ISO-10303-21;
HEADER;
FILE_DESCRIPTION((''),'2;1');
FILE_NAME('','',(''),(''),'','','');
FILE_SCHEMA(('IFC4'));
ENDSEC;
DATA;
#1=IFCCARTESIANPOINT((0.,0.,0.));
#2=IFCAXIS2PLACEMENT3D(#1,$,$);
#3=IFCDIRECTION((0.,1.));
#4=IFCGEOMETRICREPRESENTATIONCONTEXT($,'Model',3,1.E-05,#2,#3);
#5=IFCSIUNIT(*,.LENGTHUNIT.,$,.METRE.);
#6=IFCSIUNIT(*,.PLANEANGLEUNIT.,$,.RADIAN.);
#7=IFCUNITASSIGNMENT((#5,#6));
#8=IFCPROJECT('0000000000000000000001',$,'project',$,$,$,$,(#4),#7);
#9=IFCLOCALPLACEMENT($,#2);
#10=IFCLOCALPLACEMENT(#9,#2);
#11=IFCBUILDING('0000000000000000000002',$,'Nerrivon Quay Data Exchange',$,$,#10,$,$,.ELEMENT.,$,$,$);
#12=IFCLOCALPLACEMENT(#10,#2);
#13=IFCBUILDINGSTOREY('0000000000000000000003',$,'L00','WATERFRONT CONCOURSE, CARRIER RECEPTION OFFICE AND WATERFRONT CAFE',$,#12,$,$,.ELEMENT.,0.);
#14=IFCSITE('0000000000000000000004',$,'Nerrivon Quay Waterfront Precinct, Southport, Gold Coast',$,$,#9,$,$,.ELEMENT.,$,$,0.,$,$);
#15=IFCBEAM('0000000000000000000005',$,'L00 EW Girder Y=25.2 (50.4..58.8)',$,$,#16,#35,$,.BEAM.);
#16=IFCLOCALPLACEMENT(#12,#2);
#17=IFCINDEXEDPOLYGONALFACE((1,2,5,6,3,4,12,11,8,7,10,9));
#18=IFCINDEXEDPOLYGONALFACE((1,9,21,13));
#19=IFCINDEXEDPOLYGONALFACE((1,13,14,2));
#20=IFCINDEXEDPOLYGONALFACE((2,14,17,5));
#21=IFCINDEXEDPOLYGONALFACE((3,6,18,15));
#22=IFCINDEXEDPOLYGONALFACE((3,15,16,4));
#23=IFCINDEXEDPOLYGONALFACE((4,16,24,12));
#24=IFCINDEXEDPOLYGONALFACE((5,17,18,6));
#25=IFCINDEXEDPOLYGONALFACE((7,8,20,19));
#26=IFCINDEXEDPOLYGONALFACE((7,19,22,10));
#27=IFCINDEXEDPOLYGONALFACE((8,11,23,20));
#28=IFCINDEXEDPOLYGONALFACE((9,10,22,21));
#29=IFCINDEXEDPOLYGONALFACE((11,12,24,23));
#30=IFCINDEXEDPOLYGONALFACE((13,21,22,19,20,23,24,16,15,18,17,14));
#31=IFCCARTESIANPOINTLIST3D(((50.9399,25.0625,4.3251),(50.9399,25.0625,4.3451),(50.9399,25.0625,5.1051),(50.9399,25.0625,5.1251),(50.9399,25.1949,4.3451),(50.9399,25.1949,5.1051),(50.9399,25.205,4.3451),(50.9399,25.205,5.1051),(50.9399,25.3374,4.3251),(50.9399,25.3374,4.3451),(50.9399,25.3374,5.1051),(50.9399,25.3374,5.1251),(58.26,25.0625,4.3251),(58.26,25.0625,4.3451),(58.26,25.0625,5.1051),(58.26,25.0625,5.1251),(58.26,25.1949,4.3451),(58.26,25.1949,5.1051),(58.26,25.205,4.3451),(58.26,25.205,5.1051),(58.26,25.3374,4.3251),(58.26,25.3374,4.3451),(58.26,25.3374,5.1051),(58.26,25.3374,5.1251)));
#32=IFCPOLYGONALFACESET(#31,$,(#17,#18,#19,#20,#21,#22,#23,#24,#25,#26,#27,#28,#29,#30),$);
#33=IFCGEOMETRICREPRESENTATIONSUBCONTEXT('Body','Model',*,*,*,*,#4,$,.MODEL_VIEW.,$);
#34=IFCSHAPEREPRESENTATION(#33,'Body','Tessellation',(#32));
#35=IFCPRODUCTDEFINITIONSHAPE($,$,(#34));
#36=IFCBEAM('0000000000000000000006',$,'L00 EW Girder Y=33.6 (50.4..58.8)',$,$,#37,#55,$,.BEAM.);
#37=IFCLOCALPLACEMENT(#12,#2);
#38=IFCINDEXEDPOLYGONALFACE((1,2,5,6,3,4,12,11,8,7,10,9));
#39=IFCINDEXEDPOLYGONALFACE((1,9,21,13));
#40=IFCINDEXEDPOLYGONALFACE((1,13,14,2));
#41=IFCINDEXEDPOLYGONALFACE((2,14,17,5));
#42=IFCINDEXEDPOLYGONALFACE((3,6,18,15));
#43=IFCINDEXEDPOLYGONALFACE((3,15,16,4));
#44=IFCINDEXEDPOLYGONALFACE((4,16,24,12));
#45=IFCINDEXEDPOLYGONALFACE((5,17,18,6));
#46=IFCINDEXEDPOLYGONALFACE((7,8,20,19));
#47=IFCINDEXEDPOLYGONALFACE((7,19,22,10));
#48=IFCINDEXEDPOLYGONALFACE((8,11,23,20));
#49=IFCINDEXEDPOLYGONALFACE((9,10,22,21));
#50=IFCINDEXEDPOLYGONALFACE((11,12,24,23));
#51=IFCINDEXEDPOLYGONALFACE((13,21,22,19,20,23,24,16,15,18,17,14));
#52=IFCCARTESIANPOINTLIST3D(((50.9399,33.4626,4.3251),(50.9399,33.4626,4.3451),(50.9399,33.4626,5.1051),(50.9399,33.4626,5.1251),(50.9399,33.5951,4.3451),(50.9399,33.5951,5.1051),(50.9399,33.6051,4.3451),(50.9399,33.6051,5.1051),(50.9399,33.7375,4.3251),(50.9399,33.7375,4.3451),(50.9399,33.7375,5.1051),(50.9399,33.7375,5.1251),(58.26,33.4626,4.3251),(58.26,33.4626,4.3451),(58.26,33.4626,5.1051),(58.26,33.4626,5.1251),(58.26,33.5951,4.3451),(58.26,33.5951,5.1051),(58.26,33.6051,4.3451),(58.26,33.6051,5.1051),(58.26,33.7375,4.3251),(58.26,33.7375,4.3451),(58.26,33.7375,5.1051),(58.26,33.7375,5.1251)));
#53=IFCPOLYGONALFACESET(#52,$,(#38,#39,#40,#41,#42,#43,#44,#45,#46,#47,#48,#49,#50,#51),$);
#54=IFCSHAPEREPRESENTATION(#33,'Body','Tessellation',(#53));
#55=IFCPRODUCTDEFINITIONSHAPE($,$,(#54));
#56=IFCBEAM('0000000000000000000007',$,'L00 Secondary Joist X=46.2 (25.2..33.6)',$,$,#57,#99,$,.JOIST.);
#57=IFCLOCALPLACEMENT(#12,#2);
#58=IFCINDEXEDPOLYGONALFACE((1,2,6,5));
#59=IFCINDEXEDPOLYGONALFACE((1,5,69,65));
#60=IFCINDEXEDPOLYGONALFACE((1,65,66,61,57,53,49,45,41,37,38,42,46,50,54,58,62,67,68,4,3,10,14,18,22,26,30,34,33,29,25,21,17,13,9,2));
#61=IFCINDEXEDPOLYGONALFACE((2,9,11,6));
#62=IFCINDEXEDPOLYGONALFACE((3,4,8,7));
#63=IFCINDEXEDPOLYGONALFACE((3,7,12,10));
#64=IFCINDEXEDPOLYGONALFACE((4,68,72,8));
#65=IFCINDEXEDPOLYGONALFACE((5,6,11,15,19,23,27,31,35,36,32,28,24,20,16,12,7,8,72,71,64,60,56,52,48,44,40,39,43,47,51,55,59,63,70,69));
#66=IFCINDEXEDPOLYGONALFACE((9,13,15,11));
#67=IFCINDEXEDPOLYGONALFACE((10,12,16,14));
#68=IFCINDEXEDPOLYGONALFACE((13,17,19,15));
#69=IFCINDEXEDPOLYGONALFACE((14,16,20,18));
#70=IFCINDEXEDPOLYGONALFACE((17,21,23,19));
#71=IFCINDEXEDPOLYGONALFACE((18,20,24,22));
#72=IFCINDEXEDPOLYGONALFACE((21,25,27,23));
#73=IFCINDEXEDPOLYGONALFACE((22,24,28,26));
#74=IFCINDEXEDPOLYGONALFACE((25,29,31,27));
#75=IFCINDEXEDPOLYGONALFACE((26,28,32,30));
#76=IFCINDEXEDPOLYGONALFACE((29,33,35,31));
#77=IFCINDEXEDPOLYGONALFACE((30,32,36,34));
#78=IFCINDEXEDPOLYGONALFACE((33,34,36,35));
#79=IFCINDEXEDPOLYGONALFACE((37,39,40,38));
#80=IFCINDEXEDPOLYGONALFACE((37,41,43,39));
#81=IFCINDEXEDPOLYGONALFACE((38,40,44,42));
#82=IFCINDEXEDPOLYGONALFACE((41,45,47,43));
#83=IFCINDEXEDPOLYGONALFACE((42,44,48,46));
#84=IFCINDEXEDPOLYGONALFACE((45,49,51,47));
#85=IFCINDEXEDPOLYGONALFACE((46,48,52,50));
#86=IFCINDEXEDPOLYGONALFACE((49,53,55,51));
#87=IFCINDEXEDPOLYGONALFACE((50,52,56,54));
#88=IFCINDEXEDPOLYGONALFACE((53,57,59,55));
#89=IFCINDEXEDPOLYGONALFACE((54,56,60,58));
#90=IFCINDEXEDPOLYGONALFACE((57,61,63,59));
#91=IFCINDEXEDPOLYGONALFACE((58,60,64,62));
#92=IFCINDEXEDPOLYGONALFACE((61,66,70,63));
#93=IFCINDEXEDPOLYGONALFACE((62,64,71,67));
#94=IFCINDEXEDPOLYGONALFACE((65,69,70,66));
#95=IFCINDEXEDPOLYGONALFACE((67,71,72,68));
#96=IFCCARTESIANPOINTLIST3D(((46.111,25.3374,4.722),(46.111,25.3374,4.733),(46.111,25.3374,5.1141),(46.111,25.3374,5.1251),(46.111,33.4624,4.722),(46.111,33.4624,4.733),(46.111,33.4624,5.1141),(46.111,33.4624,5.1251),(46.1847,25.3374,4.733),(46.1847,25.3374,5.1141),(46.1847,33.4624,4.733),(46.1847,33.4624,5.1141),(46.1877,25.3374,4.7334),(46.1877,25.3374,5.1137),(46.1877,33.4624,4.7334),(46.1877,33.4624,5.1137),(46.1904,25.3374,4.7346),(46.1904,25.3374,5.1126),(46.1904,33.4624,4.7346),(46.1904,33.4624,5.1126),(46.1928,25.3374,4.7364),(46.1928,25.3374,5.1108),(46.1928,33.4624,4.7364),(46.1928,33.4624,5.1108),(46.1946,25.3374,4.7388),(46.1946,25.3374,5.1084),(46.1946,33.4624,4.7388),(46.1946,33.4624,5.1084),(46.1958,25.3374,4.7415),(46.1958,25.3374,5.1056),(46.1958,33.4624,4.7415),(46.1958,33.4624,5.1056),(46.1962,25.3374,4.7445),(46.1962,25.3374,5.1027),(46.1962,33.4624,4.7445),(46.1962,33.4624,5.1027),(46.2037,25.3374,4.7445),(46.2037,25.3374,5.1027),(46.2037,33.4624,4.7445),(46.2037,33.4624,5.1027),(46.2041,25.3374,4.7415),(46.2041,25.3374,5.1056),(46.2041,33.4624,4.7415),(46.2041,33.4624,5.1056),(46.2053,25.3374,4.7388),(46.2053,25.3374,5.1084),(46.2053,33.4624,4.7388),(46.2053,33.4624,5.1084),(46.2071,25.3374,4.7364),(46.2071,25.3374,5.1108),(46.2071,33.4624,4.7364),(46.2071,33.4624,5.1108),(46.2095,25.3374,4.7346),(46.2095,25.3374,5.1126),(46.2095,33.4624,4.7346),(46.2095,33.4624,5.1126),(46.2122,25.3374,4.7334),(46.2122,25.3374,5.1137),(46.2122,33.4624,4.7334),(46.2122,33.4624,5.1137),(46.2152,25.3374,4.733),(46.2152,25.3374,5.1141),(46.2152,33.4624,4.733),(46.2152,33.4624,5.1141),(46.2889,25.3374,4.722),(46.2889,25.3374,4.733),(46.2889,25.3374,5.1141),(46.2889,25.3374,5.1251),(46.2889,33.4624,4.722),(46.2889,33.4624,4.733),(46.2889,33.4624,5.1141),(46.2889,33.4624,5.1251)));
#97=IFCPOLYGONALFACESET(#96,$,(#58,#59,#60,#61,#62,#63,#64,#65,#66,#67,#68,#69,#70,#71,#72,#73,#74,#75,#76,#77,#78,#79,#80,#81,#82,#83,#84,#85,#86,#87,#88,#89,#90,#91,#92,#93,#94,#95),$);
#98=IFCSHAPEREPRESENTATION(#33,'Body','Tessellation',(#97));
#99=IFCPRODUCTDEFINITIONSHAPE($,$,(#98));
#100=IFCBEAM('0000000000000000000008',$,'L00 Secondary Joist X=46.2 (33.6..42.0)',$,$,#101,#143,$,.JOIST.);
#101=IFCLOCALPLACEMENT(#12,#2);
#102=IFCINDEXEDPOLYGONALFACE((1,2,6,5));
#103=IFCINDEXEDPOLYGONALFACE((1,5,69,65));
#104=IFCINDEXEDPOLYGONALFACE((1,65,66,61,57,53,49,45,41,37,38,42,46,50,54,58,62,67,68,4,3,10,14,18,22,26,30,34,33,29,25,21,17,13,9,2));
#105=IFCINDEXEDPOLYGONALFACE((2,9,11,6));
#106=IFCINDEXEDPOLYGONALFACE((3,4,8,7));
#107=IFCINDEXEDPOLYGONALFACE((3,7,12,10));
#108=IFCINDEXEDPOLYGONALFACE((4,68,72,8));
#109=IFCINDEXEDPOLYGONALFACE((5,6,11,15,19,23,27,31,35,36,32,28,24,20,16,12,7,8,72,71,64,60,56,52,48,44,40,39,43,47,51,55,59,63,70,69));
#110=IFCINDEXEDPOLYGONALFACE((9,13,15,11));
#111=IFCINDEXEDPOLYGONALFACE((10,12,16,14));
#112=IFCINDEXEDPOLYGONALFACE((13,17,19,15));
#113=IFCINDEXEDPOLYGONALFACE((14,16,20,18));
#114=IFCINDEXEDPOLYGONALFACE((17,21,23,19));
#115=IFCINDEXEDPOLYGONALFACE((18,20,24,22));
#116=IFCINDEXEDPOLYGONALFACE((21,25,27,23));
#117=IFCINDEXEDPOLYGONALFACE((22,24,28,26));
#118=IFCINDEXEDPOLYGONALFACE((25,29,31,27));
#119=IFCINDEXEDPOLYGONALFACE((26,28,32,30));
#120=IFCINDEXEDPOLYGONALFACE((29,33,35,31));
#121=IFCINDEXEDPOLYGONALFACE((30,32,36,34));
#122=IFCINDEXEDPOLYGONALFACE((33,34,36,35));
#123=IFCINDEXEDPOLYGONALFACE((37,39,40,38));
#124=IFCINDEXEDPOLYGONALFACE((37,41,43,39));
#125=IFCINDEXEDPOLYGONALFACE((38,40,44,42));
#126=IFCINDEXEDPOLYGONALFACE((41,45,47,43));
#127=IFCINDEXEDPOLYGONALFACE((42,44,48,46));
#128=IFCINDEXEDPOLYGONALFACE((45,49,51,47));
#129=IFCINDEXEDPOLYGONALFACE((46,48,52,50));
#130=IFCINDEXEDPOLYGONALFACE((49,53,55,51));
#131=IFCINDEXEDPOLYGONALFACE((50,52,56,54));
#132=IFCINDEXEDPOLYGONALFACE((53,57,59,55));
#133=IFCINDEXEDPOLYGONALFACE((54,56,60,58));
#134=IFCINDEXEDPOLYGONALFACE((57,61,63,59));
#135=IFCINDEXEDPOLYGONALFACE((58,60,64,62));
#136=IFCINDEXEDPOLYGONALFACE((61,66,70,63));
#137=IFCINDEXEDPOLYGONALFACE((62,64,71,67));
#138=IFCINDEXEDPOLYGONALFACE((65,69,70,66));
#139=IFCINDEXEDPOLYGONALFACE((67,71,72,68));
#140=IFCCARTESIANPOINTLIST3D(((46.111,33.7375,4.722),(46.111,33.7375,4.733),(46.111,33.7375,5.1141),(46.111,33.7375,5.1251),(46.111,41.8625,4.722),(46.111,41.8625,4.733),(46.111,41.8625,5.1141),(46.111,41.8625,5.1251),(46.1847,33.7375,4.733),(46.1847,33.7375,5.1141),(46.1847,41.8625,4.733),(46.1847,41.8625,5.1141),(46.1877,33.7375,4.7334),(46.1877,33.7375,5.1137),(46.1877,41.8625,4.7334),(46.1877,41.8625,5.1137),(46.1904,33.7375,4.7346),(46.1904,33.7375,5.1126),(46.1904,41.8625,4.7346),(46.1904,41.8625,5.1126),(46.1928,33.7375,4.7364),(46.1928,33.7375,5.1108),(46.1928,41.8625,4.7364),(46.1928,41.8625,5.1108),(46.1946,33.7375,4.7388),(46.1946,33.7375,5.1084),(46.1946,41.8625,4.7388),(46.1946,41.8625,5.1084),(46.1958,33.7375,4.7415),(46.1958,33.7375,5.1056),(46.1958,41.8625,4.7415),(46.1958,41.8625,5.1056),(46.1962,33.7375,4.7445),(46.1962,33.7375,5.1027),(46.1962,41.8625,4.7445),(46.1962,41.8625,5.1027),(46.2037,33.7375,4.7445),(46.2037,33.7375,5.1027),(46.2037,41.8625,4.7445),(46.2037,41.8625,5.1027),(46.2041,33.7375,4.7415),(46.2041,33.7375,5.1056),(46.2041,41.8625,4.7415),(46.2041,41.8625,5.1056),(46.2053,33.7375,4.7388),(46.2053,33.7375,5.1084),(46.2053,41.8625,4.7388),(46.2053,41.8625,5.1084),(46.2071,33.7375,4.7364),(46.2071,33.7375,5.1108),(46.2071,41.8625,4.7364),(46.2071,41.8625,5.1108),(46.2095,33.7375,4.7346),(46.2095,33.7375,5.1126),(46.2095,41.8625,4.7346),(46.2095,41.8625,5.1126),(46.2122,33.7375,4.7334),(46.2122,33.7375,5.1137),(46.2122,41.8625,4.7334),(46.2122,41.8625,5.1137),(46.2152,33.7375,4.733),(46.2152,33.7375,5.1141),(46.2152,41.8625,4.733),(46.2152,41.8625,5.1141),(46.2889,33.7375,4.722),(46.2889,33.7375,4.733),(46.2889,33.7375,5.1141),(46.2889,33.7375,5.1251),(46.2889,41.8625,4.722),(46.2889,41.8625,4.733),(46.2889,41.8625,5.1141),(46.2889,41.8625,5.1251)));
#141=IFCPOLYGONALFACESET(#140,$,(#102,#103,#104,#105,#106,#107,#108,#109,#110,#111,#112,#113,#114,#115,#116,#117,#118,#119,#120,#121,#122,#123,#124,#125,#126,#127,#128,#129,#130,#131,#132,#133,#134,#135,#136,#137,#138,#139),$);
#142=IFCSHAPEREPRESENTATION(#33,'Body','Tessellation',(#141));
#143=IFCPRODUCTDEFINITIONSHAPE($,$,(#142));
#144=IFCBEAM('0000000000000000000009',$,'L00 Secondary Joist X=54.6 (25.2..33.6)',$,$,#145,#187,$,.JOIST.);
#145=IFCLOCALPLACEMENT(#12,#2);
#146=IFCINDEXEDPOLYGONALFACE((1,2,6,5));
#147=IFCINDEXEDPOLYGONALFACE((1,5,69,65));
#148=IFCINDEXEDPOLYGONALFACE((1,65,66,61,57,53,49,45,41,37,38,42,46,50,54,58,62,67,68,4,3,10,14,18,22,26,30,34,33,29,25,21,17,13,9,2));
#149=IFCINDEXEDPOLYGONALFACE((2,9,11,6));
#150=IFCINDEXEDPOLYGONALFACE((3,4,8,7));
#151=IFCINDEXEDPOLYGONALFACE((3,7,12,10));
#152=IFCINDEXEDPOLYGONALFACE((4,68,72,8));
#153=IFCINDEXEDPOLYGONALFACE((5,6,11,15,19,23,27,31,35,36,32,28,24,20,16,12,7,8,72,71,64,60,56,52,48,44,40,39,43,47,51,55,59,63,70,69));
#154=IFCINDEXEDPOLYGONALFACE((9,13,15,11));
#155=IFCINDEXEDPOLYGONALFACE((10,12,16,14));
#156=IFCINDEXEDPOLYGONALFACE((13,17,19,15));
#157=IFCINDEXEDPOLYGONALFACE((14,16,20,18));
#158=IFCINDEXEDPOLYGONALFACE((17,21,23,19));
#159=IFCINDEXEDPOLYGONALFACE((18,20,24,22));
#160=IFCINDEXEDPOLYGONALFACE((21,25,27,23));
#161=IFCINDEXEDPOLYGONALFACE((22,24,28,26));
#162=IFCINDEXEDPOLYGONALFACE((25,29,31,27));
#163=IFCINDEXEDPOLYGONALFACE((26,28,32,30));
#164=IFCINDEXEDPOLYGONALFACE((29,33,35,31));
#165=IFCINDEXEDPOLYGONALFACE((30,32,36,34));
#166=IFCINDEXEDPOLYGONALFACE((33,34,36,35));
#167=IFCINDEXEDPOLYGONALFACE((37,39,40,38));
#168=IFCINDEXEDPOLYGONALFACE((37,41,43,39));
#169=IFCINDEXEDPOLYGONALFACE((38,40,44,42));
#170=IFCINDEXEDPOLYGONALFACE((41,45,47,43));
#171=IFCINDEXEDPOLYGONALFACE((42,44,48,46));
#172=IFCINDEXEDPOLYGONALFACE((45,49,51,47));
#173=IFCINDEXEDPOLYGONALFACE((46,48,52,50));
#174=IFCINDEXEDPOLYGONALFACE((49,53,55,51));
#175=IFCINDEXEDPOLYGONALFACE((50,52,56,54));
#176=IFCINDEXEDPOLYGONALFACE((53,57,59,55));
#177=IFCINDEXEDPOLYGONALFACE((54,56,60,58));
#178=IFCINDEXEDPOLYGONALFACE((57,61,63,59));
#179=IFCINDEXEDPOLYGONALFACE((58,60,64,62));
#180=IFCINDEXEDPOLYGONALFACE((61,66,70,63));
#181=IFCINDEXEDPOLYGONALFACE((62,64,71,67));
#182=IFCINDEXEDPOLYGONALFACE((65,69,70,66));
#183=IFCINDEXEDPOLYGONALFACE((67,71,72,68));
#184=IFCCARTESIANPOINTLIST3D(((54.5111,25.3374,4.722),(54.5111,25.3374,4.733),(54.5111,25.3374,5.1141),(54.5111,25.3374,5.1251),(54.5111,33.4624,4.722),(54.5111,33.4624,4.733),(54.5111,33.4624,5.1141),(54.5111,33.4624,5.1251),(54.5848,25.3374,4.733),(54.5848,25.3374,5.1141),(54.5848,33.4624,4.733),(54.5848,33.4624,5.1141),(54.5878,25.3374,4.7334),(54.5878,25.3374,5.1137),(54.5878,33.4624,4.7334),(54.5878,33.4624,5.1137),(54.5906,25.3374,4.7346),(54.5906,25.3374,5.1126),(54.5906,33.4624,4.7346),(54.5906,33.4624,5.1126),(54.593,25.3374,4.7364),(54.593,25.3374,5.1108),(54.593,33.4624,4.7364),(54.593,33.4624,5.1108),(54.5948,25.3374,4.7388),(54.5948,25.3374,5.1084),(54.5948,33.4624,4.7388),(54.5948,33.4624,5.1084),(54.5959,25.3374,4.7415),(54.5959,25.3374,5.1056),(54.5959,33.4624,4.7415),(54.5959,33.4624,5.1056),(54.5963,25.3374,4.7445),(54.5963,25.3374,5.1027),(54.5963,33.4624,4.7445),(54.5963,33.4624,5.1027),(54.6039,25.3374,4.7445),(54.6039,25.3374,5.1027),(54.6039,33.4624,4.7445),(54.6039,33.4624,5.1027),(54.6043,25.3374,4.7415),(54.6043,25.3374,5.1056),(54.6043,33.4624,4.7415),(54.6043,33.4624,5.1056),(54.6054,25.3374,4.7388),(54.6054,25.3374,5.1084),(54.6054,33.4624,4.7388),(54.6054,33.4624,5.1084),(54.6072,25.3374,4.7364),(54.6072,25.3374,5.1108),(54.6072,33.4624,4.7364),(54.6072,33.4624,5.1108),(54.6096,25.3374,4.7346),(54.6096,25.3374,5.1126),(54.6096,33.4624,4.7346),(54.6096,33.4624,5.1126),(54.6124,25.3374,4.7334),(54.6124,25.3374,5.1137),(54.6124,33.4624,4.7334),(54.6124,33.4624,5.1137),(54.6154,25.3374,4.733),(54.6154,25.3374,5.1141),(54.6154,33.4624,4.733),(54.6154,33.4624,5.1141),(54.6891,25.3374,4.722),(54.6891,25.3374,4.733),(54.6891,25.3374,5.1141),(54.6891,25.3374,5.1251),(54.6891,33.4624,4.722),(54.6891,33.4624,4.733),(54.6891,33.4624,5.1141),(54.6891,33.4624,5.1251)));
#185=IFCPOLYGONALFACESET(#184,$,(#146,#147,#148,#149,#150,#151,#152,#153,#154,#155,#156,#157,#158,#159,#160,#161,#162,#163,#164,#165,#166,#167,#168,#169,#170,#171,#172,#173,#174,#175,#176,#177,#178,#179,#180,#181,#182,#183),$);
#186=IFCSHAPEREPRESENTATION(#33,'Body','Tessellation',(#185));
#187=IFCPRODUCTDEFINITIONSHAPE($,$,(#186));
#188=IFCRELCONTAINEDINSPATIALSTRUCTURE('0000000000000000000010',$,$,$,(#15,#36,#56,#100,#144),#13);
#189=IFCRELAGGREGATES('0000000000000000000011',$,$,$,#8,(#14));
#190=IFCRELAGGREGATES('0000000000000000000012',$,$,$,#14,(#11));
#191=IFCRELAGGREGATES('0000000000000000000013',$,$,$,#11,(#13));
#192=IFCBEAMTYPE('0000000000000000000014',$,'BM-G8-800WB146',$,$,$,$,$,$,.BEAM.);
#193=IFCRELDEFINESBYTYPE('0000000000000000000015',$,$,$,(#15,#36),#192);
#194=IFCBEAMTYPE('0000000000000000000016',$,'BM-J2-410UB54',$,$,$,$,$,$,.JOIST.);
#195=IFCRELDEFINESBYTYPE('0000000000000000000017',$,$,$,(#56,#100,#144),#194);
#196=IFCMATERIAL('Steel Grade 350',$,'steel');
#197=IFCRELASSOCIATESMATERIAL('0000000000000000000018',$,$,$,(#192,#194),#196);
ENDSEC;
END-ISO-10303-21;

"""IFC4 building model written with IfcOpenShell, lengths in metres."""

from ifc_helpers import new_model, si_unit, direction, frame, origin, origin_2d, place, context, subcontext, project, spatial, i_section, extrude, material, material_profile, profile_set, type_object, element, save


model = new_model("IFC4")

# Units and contexts
model_context = context("Model", 3, precision=1e-05, world=origin(), true_north=direction((0.0, 1.0)))
body_context = subcontext(model_context, "Body", "Model", "MODEL_VIEW")
ifc_project = project(units=[si_unit("LENGTHUNIT", "METRE"), si_unit("PLANEANGLEUNIT", "RADIAN")], contexts=[model_context])

# Site, building, storey
site_placement = place(None, origin())
site = spatial("IfcSite", under=ifc_project, at=site_placement, Name="Nerrivon Quay Waterfront Precinct, Southport, Gold Coast", CompositionType="ELEMENT", RefElevation=0.0)
building_placement = place(site_placement, origin())
building = spatial("IfcBuilding", under=site, at=building_placement, Name="Nerrivon Quay Data Exchange", CompositionType="ELEMENT")
storey_placement = place(building_placement, origin())
storey = spatial("IfcBuildingStorey", under=building, at=storey_placement, Name="L00", Description="WATERFRONT CONCOURSE, CARRIER RECEPTION OFFICE AND WATERFRONT CAFE", CompositionType="ELEMENT", Elevation=0.0)

# Beams
ifc_material_1 = material(Name="Steel Grade 350", Category="steel")
ifc_material_profile_1 = material_profile(ifc_material_1, i_section(OverallWidth=0.2749, OverallDepth=0.8, WebThickness=0.01, FlangeThickness=0.02, at=origin_2d()), Name="800WB146")
ifc_profile_set_1 = profile_set([ifc_material_profile_1], Name="Steel Grade 350")
beam_type_1 = type_object("IfcBeamType", Name="BM-G8-800WB146", PredefinedType="BEAM", material=ifc_profile_set_1)
for number, where, z_axis, x_axis, name in (
    (1, (50.9399, 25.2, 4.7251), (1.0, 0.0, 0.0), (0.0, 1.0, 0.0), "L00 EW Girder Y=25.2 (50.4..58.8)"),
    (2, (50.9399, 33.6001, 4.7251), (1.0, 0.0, 0.0), (0.0, 1.0, 0.0), "L00 EW Girder Y=33.6 (50.4..58.8)"),
):
    element("IfcBeam", number, at=place(storey_placement, frame(where, z_axis=z_axis, x_axis=x_axis)), inside=storey, type_object=beam_type_1, Name=name, PredefinedType="BEAM", context=body_context, shape_type="SweptSolid", body=[
        extrude(i_section(OverallWidth=0.2749, OverallDepth=0.8, WebThickness=0.01, FlangeThickness=0.02, at=origin_2d()), origin(), (0.0, 0.0, 1.0), 7.3201),
    ])
ifc_material_profile_2 = material_profile(ifc_material_1, i_section(OverallWidth=0.178, OverallDepth=0.4031, WebThickness=0.0076, FlangeThickness=0.011, FilletRadius=0.0115, at=origin_2d()), Name="410UB53.7")
ifc_profile_set_2 = profile_set([ifc_material_profile_2], Name="Steel Grade 350")
beam_type_2 = type_object("IfcBeamType", Name="BM-J2-410UB54", PredefinedType="JOIST", material=ifc_profile_set_2)
for number, where, z_axis, x_axis, name in (
    (3, (46.2, 25.3374, 4.9236), (0.0, 1.0, 0.0), (-1.0, 0.0, 0.0), "L00 Secondary Joist X=46.2 (25.2..33.6)"),
    (4, (46.2, 33.7375, 4.9236), (0.0, 1.0, 0.0), (-1.0, 0.0, 0.0), "L00 Secondary Joist X=46.2 (33.6..42.0)"),
    (5, (54.6001, 25.3374, 4.9236), (0.0, 1.0, 0.0), (-1.0, 0.0, 0.0), "L00 Secondary Joist X=54.6 (25.2..33.6)"),
):
    element("IfcBeam", number, at=place(storey_placement, frame(where, z_axis=z_axis, x_axis=x_axis)), inside=storey, type_object=beam_type_2, Name=name, PredefinedType="JOIST", context=body_context, shape_type="SweptSolid", body=[
        extrude(i_section(OverallWidth=0.178, OverallDepth=0.4031, WebThickness=0.0076, FlangeThickness=0.011, FilletRadius=0.0115, at=origin_2d()), origin(), (0.0, 0.0, 1.0), 8.125),
    ])

save(model, "model.ifc")
